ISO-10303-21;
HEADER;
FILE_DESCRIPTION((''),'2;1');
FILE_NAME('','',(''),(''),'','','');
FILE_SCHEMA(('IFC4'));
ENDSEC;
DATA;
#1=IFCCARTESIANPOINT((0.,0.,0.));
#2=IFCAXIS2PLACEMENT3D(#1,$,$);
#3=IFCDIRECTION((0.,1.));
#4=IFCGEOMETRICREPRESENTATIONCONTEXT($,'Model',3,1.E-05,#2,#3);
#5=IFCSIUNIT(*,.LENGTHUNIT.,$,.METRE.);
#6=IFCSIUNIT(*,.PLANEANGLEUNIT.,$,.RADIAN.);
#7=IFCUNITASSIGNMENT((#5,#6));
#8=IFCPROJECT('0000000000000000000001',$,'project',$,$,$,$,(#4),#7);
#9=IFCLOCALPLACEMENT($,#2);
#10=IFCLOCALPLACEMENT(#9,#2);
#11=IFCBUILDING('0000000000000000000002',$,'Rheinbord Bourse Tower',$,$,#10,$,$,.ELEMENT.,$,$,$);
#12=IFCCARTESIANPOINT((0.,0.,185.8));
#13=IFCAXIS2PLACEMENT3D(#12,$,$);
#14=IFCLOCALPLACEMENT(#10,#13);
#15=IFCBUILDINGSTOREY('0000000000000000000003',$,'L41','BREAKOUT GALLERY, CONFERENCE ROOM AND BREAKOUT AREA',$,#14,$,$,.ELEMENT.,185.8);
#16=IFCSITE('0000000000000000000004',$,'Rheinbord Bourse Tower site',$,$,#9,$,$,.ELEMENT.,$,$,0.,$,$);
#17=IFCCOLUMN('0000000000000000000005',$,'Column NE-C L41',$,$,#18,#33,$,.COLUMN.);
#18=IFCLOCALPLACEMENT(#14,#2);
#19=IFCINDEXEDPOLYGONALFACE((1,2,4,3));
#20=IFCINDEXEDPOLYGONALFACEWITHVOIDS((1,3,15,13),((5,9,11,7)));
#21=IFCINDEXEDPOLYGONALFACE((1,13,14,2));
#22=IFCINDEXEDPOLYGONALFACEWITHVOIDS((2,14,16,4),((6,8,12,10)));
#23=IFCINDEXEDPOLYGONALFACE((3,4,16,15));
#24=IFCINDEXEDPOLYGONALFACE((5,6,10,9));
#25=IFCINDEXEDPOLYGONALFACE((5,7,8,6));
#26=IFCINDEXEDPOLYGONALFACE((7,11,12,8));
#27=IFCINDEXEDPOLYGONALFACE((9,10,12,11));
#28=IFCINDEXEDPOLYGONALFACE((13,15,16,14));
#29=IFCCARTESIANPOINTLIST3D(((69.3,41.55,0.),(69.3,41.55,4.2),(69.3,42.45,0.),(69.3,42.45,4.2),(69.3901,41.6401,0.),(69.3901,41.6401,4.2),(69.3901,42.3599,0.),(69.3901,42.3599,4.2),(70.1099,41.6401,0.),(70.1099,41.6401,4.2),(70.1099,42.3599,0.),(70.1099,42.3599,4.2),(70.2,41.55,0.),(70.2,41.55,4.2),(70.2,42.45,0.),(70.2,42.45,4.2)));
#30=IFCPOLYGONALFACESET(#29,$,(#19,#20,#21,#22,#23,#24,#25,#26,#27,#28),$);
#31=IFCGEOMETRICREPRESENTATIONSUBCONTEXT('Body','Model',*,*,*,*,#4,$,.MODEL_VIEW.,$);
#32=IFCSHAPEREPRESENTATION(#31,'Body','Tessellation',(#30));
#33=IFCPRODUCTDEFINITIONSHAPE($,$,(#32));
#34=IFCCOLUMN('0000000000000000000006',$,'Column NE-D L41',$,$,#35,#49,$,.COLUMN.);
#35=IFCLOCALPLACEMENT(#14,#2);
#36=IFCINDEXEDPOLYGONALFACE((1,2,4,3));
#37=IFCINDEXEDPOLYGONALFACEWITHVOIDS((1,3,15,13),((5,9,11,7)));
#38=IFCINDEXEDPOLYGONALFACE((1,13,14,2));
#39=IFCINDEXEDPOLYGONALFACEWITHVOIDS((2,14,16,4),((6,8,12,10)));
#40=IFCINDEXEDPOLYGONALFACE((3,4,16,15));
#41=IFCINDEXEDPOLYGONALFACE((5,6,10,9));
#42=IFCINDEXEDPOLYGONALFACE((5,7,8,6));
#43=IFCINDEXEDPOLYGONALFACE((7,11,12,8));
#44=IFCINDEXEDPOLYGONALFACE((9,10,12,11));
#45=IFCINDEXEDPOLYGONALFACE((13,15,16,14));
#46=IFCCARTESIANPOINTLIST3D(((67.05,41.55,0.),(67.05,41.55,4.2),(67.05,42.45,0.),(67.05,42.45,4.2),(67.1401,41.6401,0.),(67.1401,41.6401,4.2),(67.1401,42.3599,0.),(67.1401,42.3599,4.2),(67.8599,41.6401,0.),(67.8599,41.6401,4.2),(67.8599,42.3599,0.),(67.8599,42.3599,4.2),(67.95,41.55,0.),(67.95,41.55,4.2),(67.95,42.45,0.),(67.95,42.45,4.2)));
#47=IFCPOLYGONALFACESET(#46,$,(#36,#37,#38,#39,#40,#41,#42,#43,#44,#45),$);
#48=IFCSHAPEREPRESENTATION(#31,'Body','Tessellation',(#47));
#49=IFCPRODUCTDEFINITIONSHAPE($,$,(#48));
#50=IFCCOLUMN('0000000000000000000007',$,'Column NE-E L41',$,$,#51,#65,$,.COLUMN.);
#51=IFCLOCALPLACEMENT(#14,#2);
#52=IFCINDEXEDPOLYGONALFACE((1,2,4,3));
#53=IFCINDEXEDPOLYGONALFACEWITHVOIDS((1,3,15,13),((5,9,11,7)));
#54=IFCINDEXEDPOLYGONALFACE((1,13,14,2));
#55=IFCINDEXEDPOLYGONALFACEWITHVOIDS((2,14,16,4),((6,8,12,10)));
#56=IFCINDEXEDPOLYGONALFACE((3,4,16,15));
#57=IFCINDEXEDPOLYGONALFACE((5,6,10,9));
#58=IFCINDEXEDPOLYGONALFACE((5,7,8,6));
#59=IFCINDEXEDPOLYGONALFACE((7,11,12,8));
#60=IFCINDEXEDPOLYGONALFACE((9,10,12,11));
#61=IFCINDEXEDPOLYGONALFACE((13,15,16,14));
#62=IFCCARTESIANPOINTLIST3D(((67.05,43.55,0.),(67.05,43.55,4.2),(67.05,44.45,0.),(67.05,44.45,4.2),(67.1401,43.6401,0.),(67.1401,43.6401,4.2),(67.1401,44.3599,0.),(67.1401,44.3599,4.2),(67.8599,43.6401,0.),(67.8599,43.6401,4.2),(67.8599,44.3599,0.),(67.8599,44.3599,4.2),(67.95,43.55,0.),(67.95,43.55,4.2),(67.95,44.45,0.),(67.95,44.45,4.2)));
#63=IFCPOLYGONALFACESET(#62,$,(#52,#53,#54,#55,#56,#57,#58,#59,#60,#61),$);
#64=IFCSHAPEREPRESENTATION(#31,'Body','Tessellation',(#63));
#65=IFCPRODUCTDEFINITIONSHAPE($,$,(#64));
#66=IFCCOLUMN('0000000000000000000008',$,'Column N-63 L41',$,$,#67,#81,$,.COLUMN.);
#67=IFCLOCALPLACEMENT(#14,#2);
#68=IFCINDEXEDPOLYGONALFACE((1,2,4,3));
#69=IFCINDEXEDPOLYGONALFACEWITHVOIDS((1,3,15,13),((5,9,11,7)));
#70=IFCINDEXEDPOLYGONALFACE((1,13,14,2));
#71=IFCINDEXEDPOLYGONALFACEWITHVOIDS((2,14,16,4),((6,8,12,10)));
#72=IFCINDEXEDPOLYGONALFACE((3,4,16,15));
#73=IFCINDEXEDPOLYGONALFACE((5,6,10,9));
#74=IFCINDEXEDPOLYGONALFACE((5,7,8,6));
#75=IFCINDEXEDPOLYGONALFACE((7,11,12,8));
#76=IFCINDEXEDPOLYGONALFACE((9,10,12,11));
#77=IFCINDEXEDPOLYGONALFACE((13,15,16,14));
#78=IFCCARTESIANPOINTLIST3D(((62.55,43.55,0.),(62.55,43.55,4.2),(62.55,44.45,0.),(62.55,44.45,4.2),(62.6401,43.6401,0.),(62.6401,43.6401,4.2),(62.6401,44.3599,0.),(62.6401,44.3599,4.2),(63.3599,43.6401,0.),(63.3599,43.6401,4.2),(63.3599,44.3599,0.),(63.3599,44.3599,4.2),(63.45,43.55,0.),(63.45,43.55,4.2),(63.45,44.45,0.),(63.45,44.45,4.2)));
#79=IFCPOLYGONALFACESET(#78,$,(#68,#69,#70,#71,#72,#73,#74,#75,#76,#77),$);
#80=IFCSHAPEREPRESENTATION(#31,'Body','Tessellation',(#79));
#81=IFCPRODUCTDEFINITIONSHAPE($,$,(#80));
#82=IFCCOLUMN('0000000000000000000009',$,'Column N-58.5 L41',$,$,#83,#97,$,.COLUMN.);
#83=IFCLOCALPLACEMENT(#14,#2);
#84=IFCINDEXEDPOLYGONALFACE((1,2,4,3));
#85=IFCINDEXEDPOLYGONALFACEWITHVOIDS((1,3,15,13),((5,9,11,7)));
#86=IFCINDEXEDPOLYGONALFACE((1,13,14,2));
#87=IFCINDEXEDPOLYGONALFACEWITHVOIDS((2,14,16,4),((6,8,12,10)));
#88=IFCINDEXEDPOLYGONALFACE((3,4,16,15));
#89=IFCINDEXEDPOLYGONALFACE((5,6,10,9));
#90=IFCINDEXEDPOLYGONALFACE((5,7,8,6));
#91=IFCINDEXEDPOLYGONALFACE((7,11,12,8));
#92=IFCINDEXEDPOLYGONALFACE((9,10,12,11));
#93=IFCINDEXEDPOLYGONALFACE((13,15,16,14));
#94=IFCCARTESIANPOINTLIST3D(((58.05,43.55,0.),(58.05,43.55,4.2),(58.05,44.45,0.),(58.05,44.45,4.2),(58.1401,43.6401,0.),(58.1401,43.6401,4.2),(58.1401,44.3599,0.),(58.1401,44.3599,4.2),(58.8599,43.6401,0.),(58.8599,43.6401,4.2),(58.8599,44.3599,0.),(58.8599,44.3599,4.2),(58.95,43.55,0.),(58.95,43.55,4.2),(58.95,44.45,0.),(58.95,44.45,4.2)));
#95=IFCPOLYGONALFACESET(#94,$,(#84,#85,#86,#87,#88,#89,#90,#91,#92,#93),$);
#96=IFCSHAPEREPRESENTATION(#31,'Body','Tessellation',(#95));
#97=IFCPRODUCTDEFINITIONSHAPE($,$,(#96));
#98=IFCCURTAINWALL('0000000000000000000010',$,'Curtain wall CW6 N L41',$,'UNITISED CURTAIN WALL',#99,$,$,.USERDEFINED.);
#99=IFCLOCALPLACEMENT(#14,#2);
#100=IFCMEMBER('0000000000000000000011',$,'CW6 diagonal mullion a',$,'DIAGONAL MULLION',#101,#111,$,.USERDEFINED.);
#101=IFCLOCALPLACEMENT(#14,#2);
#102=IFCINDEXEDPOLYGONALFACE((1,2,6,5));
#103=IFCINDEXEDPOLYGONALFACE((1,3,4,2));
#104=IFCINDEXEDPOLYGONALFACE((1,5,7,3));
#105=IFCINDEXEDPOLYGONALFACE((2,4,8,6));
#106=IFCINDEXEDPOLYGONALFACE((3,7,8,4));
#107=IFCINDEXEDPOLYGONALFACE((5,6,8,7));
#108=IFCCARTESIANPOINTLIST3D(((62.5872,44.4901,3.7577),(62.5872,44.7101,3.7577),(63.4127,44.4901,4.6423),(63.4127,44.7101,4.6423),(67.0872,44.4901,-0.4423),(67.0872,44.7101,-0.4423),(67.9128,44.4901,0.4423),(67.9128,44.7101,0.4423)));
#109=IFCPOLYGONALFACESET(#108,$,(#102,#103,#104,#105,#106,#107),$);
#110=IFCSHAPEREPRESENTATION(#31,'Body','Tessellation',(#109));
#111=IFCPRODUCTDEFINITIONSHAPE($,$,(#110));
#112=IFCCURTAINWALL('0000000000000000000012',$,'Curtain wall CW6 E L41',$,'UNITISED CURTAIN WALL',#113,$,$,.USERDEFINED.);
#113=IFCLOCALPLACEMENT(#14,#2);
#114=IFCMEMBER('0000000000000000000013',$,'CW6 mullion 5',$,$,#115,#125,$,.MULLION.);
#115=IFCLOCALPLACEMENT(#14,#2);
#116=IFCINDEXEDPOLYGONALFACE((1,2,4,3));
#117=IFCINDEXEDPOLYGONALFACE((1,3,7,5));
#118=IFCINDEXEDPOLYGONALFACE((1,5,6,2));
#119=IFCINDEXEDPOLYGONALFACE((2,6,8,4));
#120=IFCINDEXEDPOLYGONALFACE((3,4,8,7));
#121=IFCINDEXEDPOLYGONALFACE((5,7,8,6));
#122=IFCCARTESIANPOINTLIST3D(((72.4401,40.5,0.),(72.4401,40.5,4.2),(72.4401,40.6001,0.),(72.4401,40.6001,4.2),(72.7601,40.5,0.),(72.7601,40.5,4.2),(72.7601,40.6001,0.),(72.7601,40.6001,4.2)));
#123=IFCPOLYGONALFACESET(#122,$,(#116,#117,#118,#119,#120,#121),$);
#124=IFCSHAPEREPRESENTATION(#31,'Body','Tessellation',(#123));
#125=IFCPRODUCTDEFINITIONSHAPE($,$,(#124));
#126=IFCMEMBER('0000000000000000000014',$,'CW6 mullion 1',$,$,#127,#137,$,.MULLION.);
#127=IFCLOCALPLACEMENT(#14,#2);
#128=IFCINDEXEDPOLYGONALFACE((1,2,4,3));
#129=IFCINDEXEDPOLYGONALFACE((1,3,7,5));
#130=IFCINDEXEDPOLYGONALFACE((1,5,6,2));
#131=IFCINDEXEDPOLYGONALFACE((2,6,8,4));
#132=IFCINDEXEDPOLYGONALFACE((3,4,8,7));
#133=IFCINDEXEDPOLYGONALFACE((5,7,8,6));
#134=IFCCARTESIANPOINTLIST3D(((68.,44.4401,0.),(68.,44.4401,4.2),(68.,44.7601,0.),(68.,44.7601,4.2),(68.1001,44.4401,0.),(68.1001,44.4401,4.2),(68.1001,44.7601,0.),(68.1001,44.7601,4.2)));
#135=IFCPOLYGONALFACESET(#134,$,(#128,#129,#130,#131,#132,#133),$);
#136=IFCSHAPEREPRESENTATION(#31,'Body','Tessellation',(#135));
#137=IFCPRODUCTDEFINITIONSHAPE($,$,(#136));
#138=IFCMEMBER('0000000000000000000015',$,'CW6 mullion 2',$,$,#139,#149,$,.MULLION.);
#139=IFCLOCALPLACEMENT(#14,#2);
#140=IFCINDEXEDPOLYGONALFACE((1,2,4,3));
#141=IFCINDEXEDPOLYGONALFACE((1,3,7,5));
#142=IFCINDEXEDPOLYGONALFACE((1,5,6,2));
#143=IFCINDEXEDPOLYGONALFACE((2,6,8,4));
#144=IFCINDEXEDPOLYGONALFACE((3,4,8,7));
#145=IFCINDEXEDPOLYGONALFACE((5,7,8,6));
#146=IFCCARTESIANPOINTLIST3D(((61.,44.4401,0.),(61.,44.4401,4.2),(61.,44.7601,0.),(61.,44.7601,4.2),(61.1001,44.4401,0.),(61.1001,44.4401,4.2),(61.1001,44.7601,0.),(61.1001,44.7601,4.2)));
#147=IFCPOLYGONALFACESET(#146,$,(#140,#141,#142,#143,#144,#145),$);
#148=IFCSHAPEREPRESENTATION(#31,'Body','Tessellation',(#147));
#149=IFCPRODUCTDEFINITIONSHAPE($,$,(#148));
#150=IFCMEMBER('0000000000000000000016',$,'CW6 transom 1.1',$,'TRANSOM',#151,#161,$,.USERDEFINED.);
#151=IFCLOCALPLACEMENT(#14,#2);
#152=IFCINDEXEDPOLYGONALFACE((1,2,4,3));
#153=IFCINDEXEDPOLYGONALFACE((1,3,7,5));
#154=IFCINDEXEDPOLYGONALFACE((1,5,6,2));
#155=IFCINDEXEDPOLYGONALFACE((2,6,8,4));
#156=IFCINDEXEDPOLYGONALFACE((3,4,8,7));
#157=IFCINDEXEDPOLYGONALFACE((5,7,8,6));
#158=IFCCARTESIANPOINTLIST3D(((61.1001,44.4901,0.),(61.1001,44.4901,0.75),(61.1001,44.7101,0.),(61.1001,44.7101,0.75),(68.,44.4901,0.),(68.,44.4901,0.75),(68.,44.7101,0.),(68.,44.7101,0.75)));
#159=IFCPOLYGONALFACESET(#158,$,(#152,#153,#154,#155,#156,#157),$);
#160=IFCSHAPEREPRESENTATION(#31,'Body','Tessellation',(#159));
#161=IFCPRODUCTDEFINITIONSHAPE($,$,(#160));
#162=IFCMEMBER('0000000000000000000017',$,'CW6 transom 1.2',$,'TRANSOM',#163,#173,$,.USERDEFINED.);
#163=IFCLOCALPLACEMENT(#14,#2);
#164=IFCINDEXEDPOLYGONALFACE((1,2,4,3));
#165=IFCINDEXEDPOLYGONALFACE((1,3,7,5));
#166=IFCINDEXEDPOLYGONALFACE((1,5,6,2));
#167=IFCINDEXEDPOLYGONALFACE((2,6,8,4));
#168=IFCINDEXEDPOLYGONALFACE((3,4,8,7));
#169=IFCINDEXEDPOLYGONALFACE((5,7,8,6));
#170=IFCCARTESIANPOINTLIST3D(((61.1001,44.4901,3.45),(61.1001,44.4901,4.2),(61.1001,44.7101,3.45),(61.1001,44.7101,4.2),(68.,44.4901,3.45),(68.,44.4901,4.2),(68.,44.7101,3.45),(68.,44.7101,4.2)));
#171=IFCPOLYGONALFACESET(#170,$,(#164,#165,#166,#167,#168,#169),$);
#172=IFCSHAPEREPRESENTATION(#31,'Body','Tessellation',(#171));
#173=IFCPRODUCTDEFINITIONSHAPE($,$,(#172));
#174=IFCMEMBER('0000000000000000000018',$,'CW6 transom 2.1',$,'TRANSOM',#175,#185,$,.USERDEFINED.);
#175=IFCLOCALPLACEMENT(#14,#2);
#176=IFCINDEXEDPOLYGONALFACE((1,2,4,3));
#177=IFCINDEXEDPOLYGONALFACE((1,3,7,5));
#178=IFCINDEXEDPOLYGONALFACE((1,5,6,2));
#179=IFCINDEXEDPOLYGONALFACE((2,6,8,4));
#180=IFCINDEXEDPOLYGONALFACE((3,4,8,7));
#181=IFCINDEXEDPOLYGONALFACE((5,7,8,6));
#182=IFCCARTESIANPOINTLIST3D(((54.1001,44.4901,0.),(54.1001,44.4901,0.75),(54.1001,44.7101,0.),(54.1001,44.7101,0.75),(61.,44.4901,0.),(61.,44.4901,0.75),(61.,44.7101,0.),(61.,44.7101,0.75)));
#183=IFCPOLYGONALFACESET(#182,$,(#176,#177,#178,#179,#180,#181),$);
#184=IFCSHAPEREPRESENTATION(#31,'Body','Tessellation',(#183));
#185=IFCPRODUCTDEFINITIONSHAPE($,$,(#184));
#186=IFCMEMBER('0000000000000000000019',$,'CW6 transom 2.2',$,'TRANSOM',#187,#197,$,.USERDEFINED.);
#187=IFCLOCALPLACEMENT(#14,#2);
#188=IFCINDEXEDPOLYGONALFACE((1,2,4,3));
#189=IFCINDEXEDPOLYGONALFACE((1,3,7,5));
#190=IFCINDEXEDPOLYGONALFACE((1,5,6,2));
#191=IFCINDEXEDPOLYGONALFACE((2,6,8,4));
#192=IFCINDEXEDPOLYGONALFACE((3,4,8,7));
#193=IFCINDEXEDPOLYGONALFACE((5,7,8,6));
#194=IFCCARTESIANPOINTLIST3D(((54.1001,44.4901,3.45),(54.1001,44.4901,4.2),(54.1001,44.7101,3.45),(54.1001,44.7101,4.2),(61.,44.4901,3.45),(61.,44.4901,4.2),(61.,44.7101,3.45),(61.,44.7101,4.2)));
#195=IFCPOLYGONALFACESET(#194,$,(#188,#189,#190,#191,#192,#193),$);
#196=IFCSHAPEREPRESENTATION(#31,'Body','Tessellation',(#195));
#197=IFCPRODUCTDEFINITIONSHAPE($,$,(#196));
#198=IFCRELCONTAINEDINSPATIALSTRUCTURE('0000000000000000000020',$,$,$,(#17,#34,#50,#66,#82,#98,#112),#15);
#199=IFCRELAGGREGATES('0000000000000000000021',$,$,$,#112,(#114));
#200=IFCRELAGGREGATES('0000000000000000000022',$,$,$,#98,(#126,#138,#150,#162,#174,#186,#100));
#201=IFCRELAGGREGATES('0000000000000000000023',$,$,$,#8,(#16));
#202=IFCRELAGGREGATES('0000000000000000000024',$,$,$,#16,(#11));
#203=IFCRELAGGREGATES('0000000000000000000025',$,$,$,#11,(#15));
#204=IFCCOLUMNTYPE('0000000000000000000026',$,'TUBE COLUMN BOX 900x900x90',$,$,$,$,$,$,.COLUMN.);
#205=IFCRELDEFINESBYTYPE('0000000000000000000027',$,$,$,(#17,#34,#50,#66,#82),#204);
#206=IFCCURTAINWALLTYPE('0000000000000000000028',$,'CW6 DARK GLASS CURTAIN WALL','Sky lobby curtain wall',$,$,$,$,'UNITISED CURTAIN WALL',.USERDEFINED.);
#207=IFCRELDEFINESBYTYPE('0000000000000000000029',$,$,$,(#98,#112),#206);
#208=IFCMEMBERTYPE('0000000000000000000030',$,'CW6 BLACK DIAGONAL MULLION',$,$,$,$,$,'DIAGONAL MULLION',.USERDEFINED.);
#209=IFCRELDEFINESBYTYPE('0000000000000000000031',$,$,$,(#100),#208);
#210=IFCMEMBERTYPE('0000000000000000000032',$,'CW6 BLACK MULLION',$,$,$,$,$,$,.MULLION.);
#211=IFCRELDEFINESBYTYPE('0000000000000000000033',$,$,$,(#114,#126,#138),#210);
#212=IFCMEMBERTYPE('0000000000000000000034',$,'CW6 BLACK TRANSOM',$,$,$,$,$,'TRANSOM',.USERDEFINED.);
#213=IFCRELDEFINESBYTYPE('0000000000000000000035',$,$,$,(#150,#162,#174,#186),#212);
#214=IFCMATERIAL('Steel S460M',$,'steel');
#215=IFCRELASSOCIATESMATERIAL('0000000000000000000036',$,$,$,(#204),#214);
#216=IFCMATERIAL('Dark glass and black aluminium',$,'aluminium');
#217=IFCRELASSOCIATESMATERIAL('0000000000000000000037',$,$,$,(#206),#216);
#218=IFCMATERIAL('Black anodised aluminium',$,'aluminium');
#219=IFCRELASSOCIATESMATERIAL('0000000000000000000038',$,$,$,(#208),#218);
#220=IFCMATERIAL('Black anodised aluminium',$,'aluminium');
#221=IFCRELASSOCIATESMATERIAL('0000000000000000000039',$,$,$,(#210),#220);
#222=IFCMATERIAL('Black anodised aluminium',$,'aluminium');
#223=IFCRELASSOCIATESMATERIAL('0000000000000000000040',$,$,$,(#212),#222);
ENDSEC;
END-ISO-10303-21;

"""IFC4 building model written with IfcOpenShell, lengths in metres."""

from ifc_helpers import new_model, si_unit, direction, frame, origin, origin_2d, place, context, subcontext, project, spatial, rectangle, hollow_rectangle, extrude, material, material_profile, profile_set, type_object, element, aggregate, save


model = new_model("IFC4")

# Units and contexts
model_context = context("Model", 3, precision=1e-05, world=origin(), true_north=direction((0.0, 1.0)))
body_context = subcontext(model_context, "Body", "Model", "MODEL_VIEW")
ifc_project = project(units=[si_unit("LENGTHUNIT", "METRE"), si_unit("PLANEANGLEUNIT", "RADIAN")], contexts=[model_context])

# Site, building, storey
site_placement = place(None, origin())
site = spatial("IfcSite", under=ifc_project, at=site_placement, Name="Rheinbord Bourse Tower site", CompositionType="ELEMENT", RefElevation=0.0)
building_placement = place(site_placement, origin())
building = spatial("IfcBuilding", under=site, at=building_placement, Name="Rheinbord Bourse Tower", CompositionType="ELEMENT")
storey_placement = place(building_placement, frame((0.0, 0.0, 185.8)))
storey = spatial("IfcBuildingStorey", under=building, at=storey_placement, Name="L41", Description="BREAKOUT GALLERY, CONFERENCE ROOM AND BREAKOUT AREA", CompositionType="ELEMENT", Elevation=185.8)

# Columns
ifc_material_1 = material(Name="Steel S460M", Category="steel")
ifc_material_profile_1 = material_profile(ifc_material_1, hollow_rectangle(XDim=0.8999, YDim=0.8999, WallThickness=0.0901, at=origin_2d()), Name="BOX 900x900x90")
ifc_profile_set_1 = profile_set([ifc_material_profile_1], Name="Steel S460M")
column_type = type_object("IfcColumnType", Name="TUBE COLUMN BOX 900x900x90", PredefinedType="COLUMN", material=ifc_profile_set_1)
for number, where, z_axis, x_axis, name in (
    (1, (69.75, 42.0, 0.0), (0.0, 0.0, 1.0), (1.0, 0.0, 0.0), "Column NE-C L41"),
    (2, (67.5, 42.0, 0.0), (0.0, 0.0, 1.0), (0.0, 1.0, 0.0), "Column NE-D L41"),
    (3, (67.5, 44.0, 0.0), (0.0, 0.0, 1.0), (0.0, 1.0, 0.0), "Column NE-E L41"),
    (4, (63.0, 44.0, 0.0), (0.0, 0.0, 1.0), (0.0, 1.0, 0.0), "Column N-63 L41"),
    (5, (58.5, 44.0, 0.0), (0.0, 0.0, 1.0), (0.0, 1.0, 0.0), "Column N-58.5 L41"),
):
    element("IfcColumn", number, at=place(storey_placement, frame(where, z_axis=z_axis, x_axis=x_axis)), inside=storey, type_object=column_type, Name=name, PredefinedType="COLUMN", context=body_context, shape_type="SweptSolid", body=[
        extrude(hollow_rectangle(XDim=0.8999, YDim=0.8999, WallThickness=0.0901, at=origin_2d()), origin(), (0.0, 0.0, 1.0), 4.2),
    ])

# Curtain walls, members
ifc_material_2 = material(Name="Dark glass and black aluminium", Category="aluminium")
curtain_wall_type = type_object("IfcCurtainWallType", Name="CW6 DARK GLASS CURTAIN WALL", Description="Sky lobby curtain wall", ElementType="UNITISED CURTAIN WALL", PredefinedType="USERDEFINED", material=ifc_material_2)
curtain_wall_1_placement = place(storey_placement, origin())
curtain_wall_1 = element("IfcCurtainWall", 6, at=curtain_wall_1_placement, inside=storey, type_object=curtain_wall_type, Name="Curtain wall CW6 N L41", ObjectType="UNITISED CURTAIN WALL", PredefinedType="USERDEFINED")
ifc_material_3 = material(Name="Black anodised aluminium", Category="aluminium")
ifc_material_profile_2 = material_profile(ifc_material_3, rectangle(XDim=0.22, YDim=1.21, at=origin_2d()), Name="CW6 DIAGONAL MULLION 1210x220")
ifc_profile_set_2 = profile_set([ifc_material_profile_2], Name="Black anodised aluminium")
member_type_1 = type_object("IfcMemberType", Name="CW6 BLACK DIAGONAL MULLION", ElementType="DIAGONAL MULLION", PredefinedType="USERDEFINED", material=ifc_profile_set_2)
member_1_placement = place(storey_placement, frame((67.5, 44.6001, 0.0), z_axis=(-0.731059, 0.0, 0.682314), x_axis=(0.0, -1.0, 0.0)))
member_1 = element("IfcMember", 7, at=member_1_placement, type_object=member_type_1, Name="CW6 diagonal mullion a", ObjectType="DIAGONAL MULLION", PredefinedType="USERDEFINED", context=body_context, shape_type="SweptSolid", body=[
    extrude(rectangle(XDim=0.22, YDim=1.21, at=origin_2d()), origin(), (0.0, 0.0, 1.0), 6.1555),
])
curtain_wall_2_placement = place(storey_placement, origin())
curtain_wall_2 = element("IfcCurtainWall", 8, at=curtain_wall_2_placement, inside=storey, type_object=curtain_wall_type, Name="Curtain wall CW6 E L41", ObjectType="UNITISED CURTAIN WALL", PredefinedType="USERDEFINED")
ifc_material_4 = material(Name="Black anodised aluminium", Category="aluminium")
ifc_material_profile_3 = material_profile(ifc_material_4, rectangle(XDim=0.3201, YDim=0.1001, at=origin_2d()), Name="CW6 MULLION 100x320")
ifc_profile_set_3 = profile_set([ifc_material_profile_3], Name="Black anodised aluminium")
member_type_2 = type_object("IfcMemberType", Name="CW6 BLACK MULLION", PredefinedType="MULLION", material=ifc_profile_set_3)
member_2_placement = place(storey_placement, frame((72.6001, 40.55, 0.0), z_axis=(0.0, 0.0, 1.0), x_axis=(-1.0, 0.0, 0.0)))
member_2 = element("IfcMember", 9, at=member_2_placement, type_object=member_type_2, Name="CW6 mullion 5", PredefinedType="MULLION", context=body_context, shape_type="SweptSolid", body=[
    extrude(rectangle(XDim=0.3201, YDim=0.1001, at=origin_2d()), origin(), (0.0, 0.0, 1.0), 4.2),
])

# Members
member_3_placement = place(storey_placement, frame((68.05, 44.6001, 0.0), z_axis=(0.0, 0.0, 1.0), x_axis=(0.0, -1.0, 0.0)))
member_3 = element("IfcMember", 10, at=member_3_placement, type_object=member_type_2, Name="CW6 mullion 1", PredefinedType="MULLION", context=body_context, shape_type="SweptSolid", body=[
    extrude(rectangle(XDim=0.3201, YDim=0.1001, at=origin_2d()), origin(), (0.0, 0.0, 1.0), 4.2),
])
member_4_placement = place(storey_placement, frame((61.05, 44.6001, 0.0), z_axis=(0.0, 0.0, 1.0), x_axis=(0.0, -1.0, 0.0)))
member_4 = element("IfcMember", 11, at=member_4_placement, type_object=member_type_2, Name="CW6 mullion 2", PredefinedType="MULLION", context=body_context, shape_type="SweptSolid", body=[
    extrude(rectangle(XDim=0.3201, YDim=0.1001, at=origin_2d()), origin(), (0.0, 0.0, 1.0), 4.2),
])
ifc_material_5 = material(Name="Black anodised aluminium", Category="aluminium")
ifc_material_profile_4 = material_profile(ifc_material_5, rectangle(XDim=0.22, YDim=0.75, at=origin_2d()), Name="CW6 TRANSOM 750x220")
ifc_profile_set_4 = profile_set([ifc_material_profile_4], Name="Black anodised aluminium")
member_type_3 = type_object("IfcMemberType", Name="CW6 BLACK TRANSOM", ElementType="TRANSOM", PredefinedType="USERDEFINED", material=ifc_profile_set_4)
member_5_placement = place(storey_placement, frame((68.0, 44.6001, 0.375), z_axis=(-1.0, 0.0, 0.0), x_axis=(0.0, -1.0, 0.0)))
member_5 = element("IfcMember", 12, at=member_5_placement, type_object=member_type_3, Name="CW6 transom 1.1", ObjectType="TRANSOM", PredefinedType="USERDEFINED", context=body_context, shape_type="SweptSolid", body=[
    extrude(rectangle(XDim=0.22, YDim=0.75, at=origin_2d()), origin(), (0.0, 0.0, 1.0), 6.8999),
])
member_6_placement = place(storey_placement, frame((68.0, 44.6001, 3.825), z_axis=(-1.0, 0.0, 0.0), x_axis=(0.0, -1.0, 0.0)))
member_6 = element("IfcMember", 13, at=member_6_placement, type_object=member_type_3, Name="CW6 transom 1.2", ObjectType="TRANSOM", PredefinedType="USERDEFINED", context=body_context, shape_type="SweptSolid", body=[
    extrude(rectangle(XDim=0.22, YDim=0.75, at=origin_2d()), origin(), (0.0, 0.0, 1.0), 6.8999),
])
member_7_placement = place(storey_placement, frame((61.0, 44.6001, 0.375), z_axis=(-1.0, 0.0, 0.0), x_axis=(0.0, -1.0, 0.0)))
member_7 = element("IfcMember", 14, at=member_7_placement, type_object=member_type_3, Name="CW6 transom 2.1", ObjectType="TRANSOM", PredefinedType="USERDEFINED", context=body_context, shape_type="SweptSolid", body=[
    extrude(rectangle(XDim=0.22, YDim=0.75, at=origin_2d()), origin(), (0.0, 0.0, 1.0), 6.8999),
])
member_8_placement = place(storey_placement, frame((61.0, 44.6001, 3.825), z_axis=(-1.0, 0.0, 0.0), x_axis=(0.0, -1.0, 0.0)))
member_8 = element("IfcMember", 15, at=member_8_placement, type_object=member_type_3, Name="CW6 transom 2.2", ObjectType="TRANSOM", PredefinedType="USERDEFINED", context=body_context, shape_type="SweptSolid", body=[
    extrude(rectangle(XDim=0.22, YDim=0.75, at=origin_2d()), origin(), (0.0, 0.0, 1.0), 6.8999),
])

aggregate(curtain_wall_2, [member_2])
aggregate(curtain_wall_1, [member_3, member_4, member_5, member_6, member_7, member_8, member_1])

save(model, "model.ifc")
